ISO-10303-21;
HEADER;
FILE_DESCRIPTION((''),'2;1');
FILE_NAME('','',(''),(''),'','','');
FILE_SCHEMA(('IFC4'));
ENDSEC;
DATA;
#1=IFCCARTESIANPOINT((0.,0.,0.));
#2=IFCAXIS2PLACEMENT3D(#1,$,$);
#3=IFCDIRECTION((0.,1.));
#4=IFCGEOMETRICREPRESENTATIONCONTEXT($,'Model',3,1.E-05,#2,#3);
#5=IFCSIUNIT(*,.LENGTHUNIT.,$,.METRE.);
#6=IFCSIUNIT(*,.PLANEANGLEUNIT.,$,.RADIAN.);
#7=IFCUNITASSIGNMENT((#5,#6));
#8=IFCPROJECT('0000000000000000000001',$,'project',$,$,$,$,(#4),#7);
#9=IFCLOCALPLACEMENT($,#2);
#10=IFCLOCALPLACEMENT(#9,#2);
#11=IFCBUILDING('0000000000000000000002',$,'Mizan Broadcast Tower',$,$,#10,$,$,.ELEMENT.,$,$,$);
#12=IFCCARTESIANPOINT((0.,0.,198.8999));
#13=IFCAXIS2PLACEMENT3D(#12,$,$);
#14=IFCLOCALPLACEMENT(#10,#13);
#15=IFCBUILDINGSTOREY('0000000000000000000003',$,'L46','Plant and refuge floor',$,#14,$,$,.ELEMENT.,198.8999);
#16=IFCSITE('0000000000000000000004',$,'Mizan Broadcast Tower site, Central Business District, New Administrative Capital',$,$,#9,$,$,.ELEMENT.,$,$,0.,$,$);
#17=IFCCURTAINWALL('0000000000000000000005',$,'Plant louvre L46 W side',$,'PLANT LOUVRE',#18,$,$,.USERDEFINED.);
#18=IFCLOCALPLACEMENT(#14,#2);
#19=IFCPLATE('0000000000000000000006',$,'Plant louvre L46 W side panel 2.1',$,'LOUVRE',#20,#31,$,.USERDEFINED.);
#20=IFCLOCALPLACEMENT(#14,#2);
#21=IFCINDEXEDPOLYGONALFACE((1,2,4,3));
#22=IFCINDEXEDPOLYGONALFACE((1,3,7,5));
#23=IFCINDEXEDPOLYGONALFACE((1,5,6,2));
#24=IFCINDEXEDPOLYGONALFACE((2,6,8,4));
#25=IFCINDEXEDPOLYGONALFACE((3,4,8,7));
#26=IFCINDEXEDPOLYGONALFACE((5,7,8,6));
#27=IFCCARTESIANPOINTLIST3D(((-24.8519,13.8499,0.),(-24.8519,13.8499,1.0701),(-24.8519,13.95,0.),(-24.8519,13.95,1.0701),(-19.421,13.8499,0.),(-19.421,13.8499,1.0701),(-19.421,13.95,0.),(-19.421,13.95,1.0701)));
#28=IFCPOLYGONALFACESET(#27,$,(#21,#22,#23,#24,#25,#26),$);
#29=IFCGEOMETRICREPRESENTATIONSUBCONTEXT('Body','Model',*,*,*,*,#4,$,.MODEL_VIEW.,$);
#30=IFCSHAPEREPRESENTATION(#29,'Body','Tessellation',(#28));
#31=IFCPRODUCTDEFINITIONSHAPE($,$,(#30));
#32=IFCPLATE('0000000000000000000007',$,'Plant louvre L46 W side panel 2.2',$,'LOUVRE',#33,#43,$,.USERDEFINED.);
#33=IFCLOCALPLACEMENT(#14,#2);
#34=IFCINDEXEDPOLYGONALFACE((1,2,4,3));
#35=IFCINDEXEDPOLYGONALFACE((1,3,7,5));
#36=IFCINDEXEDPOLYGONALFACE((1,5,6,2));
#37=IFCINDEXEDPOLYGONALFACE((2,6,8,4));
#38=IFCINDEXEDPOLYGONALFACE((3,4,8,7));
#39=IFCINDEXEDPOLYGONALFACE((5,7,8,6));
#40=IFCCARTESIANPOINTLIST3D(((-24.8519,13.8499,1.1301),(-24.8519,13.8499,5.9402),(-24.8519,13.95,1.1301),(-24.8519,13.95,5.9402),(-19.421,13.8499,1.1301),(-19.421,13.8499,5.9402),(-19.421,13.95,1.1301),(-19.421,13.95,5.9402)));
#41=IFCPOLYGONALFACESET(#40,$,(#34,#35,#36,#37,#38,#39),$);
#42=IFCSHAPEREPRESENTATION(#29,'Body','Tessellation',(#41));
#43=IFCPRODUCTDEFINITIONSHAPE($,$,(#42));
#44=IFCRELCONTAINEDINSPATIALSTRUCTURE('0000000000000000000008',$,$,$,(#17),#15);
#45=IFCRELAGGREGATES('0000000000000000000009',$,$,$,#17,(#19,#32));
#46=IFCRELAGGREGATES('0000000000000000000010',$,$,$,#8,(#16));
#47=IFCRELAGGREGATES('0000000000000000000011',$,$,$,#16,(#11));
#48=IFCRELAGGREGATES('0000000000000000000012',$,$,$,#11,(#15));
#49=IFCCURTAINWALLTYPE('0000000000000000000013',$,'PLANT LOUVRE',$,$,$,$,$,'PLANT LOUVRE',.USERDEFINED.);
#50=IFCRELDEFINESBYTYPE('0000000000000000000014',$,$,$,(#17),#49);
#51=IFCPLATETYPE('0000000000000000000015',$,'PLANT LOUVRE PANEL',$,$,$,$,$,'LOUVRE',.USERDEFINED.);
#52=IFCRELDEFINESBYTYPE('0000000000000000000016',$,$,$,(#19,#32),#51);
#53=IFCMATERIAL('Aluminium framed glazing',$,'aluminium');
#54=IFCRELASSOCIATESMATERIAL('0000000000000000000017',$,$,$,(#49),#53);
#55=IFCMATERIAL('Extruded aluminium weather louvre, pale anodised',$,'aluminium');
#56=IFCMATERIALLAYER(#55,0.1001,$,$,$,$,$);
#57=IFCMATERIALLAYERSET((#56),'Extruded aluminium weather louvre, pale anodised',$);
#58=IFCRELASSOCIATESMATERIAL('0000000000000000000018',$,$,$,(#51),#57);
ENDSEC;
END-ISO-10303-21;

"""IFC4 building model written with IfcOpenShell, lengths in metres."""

from ifc_helpers import new_model, si_unit, direction, frame, origin, origin_2d, place, context, subcontext, project, spatial, rectangle, extrude, material, layer, layer_set, type_object, element, aggregate, save


model = new_model("IFC4")

# Units and contexts
model_context = context("Model", 3, precision=1e-05, world=origin(), true_north=direction((0.0, 1.0)))
body_context = subcontext(model_context, "Body", "Model", "MODEL_VIEW")
ifc_project = project(units=[si_unit("LENGTHUNIT", "METRE"), si_unit("PLANEANGLEUNIT", "RADIAN")], contexts=[model_context])

# Site, building, storey
site_placement = place(None, origin())
site = spatial("IfcSite", under=ifc_project, at=site_placement, Name="Mizan Broadcast Tower site, Central Business District, New Administrative Capital", CompositionType="ELEMENT", RefElevation=0.0)
building_placement = place(site_placement, origin())
building = spatial("IfcBuilding", under=site, at=building_placement, Name="Mizan Broadcast Tower", CompositionType="ELEMENT")
storey_placement = place(building_placement, frame((0.0, 0.0, 198.8999)))
storey = spatial("IfcBuildingStorey", under=building, at=storey_placement, Name="L46", Description="Plant and refuge floor", CompositionType="ELEMENT", Elevation=198.8999)

# Shared definitions
ifc_material_1 = material(Name="Aluminium framed glazing", Category="aluminium")
curtain_wall_type = type_object("IfcCurtainWallType", Name="PLANT LOUVRE", ElementType="PLANT LOUVRE", PredefinedType="USERDEFINED", material=ifc_material_1)

# Curtain wall
curtain_wall_1_placement = place(storey_placement, origin())
curtain_wall_1 = element("IfcCurtainWall", 1, at=curtain_wall_1_placement, inside=storey, type_object=curtain_wall_type, Name="Plant louvre L46 W side", ObjectType="PLANT LOUVRE", PredefinedType="USERDEFINED")

# Plates
ifc_material_2 = material(Name="Extruded aluminium weather louvre, pale anodised", Category="aluminium")
ifc_layer = layer(ifc_material_2, 0.1001)
ifc_layer_set = layer_set([ifc_layer], Name="Extruded aluminium weather louvre, pale anodised")
plate_type = type_object("IfcPlateType", Name="PLANT LOUVRE PANEL", ElementType="LOUVRE", PredefinedType="USERDEFINED", material=ifc_layer_set)
plate_1_placement = place(storey_placement, frame((-22.1365, 13.8999, 0.0), z_axis=(0.0, 0.0, 1.0), x_axis=(-1.0, 0.0, 0.0)))
plate_1 = element("IfcPlate", 2, at=plate_1_placement, type_object=plate_type, Name="Plant louvre L46 W side panel 2.1", ObjectType="LOUVRE", PredefinedType="USERDEFINED", context=body_context, shape_type="SweptSolid", body=[
    extrude(rectangle(XDim=5.4309, YDim=0.1001, at=origin_2d()), origin(), (0.0, 0.0, 1.0), 1.0701),
])
plate_2_placement = place(storey_placement, frame((-22.1365, 13.8999, 1.1301), z_axis=(0.0, 0.0, 1.0), x_axis=(-1.0, 0.0, 0.0)))
plate_2 = element("IfcPlate", 3, at=plate_2_placement, type_object=plate_type, Name="Plant louvre L46 W side panel 2.2", ObjectType="LOUVRE", PredefinedType="USERDEFINED", context=body_context, shape_type="SweptSolid", body=[
    extrude(rectangle(XDim=5.4309, YDim=0.1001, at=origin_2d()), origin(), (0.0, 0.0, 1.0), 4.8101),
])
aggregate(curtain_wall_1, [plate_1, plate_2])

save(model, "model.ifc")
